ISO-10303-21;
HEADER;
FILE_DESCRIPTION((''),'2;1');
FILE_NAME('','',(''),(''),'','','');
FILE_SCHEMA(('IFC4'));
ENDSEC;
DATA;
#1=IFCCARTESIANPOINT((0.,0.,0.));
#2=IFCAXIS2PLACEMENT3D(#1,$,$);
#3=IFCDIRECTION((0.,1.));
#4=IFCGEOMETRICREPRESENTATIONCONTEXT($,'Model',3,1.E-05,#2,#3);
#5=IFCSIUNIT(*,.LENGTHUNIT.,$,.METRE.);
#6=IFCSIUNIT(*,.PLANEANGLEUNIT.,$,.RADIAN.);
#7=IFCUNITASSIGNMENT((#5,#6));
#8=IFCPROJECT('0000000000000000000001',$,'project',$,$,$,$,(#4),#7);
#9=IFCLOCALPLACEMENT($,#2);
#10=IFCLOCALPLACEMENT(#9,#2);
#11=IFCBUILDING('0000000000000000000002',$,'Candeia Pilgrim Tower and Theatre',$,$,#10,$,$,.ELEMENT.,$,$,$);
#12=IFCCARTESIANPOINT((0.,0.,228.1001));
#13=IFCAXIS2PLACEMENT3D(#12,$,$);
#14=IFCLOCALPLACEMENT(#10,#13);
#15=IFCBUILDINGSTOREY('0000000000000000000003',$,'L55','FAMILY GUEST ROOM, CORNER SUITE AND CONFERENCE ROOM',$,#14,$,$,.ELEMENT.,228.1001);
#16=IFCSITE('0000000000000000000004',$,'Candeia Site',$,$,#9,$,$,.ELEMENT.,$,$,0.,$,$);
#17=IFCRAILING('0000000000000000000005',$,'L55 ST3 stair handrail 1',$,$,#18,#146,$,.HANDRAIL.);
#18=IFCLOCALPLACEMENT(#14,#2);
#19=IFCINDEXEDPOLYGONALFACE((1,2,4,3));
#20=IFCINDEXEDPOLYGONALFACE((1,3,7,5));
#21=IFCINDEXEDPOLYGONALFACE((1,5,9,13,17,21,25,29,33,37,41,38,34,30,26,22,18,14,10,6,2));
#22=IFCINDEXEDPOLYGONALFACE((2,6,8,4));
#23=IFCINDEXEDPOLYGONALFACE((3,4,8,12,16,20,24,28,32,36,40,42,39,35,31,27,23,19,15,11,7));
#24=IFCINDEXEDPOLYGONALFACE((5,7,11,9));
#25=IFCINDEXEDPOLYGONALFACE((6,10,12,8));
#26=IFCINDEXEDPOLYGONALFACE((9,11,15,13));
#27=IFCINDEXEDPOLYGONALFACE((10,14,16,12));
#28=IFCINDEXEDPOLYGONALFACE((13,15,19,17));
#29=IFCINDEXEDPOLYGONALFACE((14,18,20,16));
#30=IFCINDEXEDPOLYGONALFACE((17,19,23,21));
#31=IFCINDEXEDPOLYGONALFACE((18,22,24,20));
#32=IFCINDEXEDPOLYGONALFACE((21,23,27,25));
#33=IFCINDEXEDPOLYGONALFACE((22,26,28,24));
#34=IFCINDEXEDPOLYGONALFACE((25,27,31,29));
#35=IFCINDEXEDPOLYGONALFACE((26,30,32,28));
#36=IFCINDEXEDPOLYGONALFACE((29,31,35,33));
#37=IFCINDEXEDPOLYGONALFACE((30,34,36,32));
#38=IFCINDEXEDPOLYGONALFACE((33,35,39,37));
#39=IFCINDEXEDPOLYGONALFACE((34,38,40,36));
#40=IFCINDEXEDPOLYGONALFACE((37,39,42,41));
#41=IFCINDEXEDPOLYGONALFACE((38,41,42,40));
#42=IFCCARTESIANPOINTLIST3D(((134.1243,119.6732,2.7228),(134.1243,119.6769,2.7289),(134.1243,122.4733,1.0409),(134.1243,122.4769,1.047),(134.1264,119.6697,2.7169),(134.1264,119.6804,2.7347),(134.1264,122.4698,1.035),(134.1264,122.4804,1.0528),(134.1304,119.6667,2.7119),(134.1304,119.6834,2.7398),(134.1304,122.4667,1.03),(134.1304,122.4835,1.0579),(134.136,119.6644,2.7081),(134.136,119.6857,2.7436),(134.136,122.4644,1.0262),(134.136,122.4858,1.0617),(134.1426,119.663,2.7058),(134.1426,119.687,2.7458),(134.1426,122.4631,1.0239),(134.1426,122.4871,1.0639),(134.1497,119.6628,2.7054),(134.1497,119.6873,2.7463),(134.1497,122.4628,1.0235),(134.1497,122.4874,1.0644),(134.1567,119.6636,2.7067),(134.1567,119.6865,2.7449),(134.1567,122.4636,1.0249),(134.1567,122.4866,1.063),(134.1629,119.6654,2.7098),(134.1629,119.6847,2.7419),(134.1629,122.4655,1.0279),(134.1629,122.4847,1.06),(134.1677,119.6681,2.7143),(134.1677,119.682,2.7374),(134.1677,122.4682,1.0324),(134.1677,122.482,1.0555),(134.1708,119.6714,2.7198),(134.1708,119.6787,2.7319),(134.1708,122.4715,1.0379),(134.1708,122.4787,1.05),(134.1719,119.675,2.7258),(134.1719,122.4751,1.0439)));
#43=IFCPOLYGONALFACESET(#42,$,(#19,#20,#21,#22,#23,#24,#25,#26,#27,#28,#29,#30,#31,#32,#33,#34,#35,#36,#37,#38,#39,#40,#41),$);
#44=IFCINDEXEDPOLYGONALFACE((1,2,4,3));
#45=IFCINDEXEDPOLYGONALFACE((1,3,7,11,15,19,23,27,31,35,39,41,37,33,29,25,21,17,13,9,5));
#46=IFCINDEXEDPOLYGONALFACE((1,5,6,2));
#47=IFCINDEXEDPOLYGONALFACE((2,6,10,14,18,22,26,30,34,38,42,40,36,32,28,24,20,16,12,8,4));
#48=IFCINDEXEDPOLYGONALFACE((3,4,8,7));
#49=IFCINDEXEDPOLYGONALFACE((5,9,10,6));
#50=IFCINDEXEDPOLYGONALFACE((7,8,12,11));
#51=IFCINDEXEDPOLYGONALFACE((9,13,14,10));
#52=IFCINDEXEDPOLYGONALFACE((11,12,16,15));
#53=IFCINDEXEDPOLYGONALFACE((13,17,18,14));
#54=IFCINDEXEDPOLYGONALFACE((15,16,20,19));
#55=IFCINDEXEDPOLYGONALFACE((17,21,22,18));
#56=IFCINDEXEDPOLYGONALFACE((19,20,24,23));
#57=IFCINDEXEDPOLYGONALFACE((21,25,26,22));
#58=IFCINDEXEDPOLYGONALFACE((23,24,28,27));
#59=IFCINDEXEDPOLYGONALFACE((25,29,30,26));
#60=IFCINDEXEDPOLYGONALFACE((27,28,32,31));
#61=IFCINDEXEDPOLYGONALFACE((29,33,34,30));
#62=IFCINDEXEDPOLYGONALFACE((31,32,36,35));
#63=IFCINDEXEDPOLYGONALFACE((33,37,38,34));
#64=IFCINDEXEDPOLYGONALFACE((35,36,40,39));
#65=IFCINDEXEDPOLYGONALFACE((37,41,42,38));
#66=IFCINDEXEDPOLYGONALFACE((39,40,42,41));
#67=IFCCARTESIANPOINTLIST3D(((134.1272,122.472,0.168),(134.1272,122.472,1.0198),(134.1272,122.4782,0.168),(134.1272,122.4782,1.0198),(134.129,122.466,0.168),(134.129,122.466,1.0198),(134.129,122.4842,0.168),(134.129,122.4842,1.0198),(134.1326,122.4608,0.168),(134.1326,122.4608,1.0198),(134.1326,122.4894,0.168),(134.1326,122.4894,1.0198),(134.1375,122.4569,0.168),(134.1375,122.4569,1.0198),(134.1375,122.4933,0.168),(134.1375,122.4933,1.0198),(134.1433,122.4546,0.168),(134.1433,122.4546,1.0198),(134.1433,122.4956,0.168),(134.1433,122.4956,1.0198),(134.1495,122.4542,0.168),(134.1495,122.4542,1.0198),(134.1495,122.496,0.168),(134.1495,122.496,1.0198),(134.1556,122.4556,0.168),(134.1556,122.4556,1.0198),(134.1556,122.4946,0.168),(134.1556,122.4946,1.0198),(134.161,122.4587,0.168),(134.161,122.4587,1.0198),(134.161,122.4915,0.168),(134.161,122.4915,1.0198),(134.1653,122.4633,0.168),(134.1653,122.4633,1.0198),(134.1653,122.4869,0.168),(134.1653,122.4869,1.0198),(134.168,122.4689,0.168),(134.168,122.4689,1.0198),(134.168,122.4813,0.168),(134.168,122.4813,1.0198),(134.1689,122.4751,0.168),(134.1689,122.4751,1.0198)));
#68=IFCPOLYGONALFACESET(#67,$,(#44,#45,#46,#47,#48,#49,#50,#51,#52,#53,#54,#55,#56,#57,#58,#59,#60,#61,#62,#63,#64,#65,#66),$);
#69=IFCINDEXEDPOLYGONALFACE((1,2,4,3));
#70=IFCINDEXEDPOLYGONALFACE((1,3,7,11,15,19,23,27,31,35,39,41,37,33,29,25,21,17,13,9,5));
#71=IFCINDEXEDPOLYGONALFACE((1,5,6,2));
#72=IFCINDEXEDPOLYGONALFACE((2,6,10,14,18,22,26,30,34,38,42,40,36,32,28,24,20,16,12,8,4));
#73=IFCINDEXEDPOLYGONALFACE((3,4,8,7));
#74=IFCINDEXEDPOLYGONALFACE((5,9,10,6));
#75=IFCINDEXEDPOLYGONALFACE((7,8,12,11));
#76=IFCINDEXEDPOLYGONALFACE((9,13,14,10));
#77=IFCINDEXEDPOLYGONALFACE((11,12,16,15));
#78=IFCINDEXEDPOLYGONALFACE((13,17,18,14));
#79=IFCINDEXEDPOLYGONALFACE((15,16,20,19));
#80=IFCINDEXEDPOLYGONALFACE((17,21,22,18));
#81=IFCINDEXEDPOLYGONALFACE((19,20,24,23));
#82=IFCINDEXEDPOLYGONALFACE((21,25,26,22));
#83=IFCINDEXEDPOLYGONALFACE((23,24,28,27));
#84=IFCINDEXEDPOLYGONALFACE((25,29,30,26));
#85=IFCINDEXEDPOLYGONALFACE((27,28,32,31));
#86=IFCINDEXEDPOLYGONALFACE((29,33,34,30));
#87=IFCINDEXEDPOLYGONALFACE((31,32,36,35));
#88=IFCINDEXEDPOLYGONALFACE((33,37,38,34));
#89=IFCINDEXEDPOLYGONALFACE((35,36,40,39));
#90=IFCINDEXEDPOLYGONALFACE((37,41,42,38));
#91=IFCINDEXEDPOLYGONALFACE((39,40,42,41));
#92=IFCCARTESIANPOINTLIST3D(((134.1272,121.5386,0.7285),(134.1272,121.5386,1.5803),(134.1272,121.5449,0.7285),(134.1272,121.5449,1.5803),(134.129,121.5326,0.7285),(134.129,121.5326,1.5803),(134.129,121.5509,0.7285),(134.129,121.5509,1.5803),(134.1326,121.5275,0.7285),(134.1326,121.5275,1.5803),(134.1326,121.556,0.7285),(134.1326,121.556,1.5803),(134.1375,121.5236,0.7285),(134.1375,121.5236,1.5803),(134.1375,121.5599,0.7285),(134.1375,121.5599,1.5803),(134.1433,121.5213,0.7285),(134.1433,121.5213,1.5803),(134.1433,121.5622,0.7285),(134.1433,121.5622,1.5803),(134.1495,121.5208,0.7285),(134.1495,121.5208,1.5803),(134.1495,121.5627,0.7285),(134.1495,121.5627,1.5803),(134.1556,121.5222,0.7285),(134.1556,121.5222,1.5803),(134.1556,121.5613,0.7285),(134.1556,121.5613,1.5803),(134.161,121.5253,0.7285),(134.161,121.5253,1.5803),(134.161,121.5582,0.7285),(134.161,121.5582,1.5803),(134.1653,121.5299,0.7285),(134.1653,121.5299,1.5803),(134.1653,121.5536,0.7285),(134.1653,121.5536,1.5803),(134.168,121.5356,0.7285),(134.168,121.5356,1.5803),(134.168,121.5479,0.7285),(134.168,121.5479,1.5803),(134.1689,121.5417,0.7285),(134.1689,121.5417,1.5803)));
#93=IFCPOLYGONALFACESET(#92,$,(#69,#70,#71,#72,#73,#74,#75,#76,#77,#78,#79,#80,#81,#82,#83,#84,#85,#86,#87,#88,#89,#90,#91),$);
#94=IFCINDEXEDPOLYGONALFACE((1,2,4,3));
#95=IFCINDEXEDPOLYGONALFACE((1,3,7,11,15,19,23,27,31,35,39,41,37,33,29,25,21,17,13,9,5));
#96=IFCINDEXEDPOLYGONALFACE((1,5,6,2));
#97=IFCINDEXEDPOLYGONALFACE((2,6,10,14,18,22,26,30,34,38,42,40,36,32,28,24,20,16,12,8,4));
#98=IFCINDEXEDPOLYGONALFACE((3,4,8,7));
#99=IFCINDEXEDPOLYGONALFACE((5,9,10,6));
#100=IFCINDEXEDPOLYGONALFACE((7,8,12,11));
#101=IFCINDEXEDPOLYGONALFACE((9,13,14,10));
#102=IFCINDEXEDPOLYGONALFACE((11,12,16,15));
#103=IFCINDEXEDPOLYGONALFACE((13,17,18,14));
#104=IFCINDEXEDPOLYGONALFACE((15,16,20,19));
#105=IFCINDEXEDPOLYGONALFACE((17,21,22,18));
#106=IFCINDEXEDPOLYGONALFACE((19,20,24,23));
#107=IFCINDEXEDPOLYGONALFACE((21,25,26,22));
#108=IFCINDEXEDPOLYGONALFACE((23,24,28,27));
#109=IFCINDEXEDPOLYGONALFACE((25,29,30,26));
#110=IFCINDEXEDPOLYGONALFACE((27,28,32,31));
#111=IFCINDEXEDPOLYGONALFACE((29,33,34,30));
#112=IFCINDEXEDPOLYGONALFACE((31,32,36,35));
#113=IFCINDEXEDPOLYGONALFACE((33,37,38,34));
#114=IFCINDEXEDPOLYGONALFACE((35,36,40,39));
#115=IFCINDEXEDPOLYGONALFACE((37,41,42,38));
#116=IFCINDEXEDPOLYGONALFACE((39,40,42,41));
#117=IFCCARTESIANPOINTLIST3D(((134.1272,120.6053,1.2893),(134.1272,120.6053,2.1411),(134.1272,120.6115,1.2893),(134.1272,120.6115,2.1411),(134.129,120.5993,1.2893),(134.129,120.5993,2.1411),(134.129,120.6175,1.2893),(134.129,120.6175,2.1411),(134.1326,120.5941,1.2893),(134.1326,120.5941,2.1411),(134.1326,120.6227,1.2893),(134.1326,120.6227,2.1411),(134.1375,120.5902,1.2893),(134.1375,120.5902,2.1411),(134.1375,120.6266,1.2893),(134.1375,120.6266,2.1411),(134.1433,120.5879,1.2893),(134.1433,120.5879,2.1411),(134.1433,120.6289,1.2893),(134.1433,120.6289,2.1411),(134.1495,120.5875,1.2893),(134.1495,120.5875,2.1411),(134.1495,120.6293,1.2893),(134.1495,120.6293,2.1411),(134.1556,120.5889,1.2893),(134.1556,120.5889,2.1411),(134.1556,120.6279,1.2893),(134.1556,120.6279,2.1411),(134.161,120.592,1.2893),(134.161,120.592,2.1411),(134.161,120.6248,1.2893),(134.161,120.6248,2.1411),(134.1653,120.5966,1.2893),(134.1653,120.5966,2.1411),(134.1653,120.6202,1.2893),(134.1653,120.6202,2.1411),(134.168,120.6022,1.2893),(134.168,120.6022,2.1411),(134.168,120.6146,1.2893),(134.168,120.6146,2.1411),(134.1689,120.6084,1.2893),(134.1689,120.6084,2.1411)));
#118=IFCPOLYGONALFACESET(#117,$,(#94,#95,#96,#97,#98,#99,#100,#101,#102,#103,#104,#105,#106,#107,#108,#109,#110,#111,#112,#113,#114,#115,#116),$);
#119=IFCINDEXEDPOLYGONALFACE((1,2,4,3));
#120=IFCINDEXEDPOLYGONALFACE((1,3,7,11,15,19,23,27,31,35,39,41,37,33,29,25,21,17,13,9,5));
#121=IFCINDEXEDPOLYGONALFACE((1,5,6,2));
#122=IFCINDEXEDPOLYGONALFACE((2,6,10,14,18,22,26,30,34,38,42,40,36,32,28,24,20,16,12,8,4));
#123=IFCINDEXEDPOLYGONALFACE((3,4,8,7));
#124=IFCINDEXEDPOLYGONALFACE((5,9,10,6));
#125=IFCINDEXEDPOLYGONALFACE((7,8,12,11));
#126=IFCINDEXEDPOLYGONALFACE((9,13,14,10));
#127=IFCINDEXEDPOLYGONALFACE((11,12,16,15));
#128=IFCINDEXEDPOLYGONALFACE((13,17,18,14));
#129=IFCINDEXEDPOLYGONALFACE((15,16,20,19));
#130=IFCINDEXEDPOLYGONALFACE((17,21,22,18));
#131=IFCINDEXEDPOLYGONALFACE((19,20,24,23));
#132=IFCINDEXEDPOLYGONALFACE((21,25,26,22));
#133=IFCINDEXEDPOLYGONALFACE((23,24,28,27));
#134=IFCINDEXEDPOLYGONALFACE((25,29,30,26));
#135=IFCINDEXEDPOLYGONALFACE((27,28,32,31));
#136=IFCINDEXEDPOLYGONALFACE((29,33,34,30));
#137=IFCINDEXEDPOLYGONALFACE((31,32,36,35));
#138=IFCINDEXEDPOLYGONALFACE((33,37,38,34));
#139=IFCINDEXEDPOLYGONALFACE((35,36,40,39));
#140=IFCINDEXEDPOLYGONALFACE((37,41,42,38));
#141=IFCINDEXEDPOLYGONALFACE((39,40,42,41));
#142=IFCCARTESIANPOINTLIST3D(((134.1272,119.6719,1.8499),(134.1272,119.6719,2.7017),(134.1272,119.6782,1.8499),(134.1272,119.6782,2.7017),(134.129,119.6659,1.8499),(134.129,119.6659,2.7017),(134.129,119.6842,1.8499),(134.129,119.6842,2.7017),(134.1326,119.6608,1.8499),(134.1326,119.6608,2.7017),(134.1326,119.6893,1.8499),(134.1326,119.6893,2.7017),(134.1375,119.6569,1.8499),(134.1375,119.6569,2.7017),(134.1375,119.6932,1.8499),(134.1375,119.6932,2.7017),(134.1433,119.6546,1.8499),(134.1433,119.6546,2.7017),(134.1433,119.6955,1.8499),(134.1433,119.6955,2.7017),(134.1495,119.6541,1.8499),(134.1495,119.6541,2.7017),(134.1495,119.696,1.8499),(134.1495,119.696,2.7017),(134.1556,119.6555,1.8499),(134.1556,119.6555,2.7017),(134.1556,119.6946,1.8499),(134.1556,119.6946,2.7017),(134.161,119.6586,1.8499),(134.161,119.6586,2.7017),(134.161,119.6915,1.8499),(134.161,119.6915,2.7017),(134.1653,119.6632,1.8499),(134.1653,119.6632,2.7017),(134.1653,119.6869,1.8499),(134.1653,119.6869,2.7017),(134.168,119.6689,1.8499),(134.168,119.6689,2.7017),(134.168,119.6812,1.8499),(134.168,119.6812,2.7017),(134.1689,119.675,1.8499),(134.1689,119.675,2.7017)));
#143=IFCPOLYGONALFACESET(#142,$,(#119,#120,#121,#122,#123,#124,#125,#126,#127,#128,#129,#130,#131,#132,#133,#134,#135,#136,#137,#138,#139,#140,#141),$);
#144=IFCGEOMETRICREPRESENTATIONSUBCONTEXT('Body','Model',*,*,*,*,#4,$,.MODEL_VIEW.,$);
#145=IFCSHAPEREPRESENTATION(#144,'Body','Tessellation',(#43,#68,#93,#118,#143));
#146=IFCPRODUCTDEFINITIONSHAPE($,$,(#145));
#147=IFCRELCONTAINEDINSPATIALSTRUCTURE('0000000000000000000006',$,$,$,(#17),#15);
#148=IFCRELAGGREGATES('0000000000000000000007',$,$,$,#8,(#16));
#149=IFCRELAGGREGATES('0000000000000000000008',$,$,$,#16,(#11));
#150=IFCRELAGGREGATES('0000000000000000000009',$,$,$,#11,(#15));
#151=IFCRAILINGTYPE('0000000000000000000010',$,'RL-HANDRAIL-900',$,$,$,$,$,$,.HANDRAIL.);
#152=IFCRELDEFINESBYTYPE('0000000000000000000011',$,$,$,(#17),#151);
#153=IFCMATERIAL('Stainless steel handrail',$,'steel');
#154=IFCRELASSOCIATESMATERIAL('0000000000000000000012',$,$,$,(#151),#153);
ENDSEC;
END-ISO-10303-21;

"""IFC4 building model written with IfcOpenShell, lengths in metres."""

from ifc_helpers import new_model, si_unit, direction, frame, origin, origin_2d, place, context, subcontext, project, spatial, circle, extrude, material, type_object, element, save


model = new_model("IFC4")

# Units and contexts
model_context = context("Model", 3, precision=1e-05, world=origin(), true_north=direction((0.0, 1.0)))
body_context = subcontext(model_context, "Body", "Model", "MODEL_VIEW")
ifc_project = project(units=[si_unit("LENGTHUNIT", "METRE"), si_unit("PLANEANGLEUNIT", "RADIAN")], contexts=[model_context])

# Site, building, storey
site_placement = place(None, origin())
site = spatial("IfcSite", under=ifc_project, at=site_placement, Name="Candeia Site", CompositionType="ELEMENT", RefElevation=0.0)
building_placement = place(site_placement, origin())
building = spatial("IfcBuilding", under=site, at=building_placement, Name="Candeia Pilgrim Tower and Theatre", CompositionType="ELEMENT")
storey_placement = place(building_placement, frame((0.0, 0.0, 228.1001)))
storey = spatial("IfcBuildingStorey", under=building, at=storey_placement, Name="L55", Description="FAMILY GUEST ROOM, CORNER SUITE AND CONFERENCE ROOM", CompositionType="ELEMENT", Elevation=228.1001)

# Railing
ifc_material_1 = material(Name="Stainless steel handrail", Category="steel")
railing_type_1 = type_object("IfcRailingType", Name="RL-HANDRAIL-900", PredefinedType="HANDRAIL", material=ifc_material_1)
railing_1_placement = place(storey_placement, frame((134.1479, 122.4751, 0.168)))
element("IfcRailing", 1, at=railing_1_placement, inside=storey, type_object=railing_type_1, Name="L55 ST3 stair handrail 1", PredefinedType="HANDRAIL", context=body_context, shape_type="SweptSolid", body=[
    extrude(circle(Radius=0.0239, at=origin_2d()), frame((0.0, 0.0, 0.876), z_axis=(0.0, -0.857242, 0.514913), x_axis=(1.0, 0.0, 0.0)), (0.0, 0.0, 1.0), 3.2664),
    extrude(circle(Radius=0.021, at=origin_2d()), origin(), (0.0, 0.0, 1.0), 0.8518),
    extrude(circle(Radius=0.021, at=origin_2d()), frame((0.0, -0.9333, 0.5605)), (0.0, 0.0, 1.0), 0.8518),
    extrude(circle(Radius=0.021, at=origin_2d()), frame((0.0, -1.8667, 1.1213)), (0.0, 0.0, 1.0), 0.8518),
    extrude(circle(Radius=0.021, at=origin_2d()), frame((0.0, -2.8, 1.6819)), (0.0, 0.0, 1.0), 0.8518),
])

save(model, "model.ifc")
